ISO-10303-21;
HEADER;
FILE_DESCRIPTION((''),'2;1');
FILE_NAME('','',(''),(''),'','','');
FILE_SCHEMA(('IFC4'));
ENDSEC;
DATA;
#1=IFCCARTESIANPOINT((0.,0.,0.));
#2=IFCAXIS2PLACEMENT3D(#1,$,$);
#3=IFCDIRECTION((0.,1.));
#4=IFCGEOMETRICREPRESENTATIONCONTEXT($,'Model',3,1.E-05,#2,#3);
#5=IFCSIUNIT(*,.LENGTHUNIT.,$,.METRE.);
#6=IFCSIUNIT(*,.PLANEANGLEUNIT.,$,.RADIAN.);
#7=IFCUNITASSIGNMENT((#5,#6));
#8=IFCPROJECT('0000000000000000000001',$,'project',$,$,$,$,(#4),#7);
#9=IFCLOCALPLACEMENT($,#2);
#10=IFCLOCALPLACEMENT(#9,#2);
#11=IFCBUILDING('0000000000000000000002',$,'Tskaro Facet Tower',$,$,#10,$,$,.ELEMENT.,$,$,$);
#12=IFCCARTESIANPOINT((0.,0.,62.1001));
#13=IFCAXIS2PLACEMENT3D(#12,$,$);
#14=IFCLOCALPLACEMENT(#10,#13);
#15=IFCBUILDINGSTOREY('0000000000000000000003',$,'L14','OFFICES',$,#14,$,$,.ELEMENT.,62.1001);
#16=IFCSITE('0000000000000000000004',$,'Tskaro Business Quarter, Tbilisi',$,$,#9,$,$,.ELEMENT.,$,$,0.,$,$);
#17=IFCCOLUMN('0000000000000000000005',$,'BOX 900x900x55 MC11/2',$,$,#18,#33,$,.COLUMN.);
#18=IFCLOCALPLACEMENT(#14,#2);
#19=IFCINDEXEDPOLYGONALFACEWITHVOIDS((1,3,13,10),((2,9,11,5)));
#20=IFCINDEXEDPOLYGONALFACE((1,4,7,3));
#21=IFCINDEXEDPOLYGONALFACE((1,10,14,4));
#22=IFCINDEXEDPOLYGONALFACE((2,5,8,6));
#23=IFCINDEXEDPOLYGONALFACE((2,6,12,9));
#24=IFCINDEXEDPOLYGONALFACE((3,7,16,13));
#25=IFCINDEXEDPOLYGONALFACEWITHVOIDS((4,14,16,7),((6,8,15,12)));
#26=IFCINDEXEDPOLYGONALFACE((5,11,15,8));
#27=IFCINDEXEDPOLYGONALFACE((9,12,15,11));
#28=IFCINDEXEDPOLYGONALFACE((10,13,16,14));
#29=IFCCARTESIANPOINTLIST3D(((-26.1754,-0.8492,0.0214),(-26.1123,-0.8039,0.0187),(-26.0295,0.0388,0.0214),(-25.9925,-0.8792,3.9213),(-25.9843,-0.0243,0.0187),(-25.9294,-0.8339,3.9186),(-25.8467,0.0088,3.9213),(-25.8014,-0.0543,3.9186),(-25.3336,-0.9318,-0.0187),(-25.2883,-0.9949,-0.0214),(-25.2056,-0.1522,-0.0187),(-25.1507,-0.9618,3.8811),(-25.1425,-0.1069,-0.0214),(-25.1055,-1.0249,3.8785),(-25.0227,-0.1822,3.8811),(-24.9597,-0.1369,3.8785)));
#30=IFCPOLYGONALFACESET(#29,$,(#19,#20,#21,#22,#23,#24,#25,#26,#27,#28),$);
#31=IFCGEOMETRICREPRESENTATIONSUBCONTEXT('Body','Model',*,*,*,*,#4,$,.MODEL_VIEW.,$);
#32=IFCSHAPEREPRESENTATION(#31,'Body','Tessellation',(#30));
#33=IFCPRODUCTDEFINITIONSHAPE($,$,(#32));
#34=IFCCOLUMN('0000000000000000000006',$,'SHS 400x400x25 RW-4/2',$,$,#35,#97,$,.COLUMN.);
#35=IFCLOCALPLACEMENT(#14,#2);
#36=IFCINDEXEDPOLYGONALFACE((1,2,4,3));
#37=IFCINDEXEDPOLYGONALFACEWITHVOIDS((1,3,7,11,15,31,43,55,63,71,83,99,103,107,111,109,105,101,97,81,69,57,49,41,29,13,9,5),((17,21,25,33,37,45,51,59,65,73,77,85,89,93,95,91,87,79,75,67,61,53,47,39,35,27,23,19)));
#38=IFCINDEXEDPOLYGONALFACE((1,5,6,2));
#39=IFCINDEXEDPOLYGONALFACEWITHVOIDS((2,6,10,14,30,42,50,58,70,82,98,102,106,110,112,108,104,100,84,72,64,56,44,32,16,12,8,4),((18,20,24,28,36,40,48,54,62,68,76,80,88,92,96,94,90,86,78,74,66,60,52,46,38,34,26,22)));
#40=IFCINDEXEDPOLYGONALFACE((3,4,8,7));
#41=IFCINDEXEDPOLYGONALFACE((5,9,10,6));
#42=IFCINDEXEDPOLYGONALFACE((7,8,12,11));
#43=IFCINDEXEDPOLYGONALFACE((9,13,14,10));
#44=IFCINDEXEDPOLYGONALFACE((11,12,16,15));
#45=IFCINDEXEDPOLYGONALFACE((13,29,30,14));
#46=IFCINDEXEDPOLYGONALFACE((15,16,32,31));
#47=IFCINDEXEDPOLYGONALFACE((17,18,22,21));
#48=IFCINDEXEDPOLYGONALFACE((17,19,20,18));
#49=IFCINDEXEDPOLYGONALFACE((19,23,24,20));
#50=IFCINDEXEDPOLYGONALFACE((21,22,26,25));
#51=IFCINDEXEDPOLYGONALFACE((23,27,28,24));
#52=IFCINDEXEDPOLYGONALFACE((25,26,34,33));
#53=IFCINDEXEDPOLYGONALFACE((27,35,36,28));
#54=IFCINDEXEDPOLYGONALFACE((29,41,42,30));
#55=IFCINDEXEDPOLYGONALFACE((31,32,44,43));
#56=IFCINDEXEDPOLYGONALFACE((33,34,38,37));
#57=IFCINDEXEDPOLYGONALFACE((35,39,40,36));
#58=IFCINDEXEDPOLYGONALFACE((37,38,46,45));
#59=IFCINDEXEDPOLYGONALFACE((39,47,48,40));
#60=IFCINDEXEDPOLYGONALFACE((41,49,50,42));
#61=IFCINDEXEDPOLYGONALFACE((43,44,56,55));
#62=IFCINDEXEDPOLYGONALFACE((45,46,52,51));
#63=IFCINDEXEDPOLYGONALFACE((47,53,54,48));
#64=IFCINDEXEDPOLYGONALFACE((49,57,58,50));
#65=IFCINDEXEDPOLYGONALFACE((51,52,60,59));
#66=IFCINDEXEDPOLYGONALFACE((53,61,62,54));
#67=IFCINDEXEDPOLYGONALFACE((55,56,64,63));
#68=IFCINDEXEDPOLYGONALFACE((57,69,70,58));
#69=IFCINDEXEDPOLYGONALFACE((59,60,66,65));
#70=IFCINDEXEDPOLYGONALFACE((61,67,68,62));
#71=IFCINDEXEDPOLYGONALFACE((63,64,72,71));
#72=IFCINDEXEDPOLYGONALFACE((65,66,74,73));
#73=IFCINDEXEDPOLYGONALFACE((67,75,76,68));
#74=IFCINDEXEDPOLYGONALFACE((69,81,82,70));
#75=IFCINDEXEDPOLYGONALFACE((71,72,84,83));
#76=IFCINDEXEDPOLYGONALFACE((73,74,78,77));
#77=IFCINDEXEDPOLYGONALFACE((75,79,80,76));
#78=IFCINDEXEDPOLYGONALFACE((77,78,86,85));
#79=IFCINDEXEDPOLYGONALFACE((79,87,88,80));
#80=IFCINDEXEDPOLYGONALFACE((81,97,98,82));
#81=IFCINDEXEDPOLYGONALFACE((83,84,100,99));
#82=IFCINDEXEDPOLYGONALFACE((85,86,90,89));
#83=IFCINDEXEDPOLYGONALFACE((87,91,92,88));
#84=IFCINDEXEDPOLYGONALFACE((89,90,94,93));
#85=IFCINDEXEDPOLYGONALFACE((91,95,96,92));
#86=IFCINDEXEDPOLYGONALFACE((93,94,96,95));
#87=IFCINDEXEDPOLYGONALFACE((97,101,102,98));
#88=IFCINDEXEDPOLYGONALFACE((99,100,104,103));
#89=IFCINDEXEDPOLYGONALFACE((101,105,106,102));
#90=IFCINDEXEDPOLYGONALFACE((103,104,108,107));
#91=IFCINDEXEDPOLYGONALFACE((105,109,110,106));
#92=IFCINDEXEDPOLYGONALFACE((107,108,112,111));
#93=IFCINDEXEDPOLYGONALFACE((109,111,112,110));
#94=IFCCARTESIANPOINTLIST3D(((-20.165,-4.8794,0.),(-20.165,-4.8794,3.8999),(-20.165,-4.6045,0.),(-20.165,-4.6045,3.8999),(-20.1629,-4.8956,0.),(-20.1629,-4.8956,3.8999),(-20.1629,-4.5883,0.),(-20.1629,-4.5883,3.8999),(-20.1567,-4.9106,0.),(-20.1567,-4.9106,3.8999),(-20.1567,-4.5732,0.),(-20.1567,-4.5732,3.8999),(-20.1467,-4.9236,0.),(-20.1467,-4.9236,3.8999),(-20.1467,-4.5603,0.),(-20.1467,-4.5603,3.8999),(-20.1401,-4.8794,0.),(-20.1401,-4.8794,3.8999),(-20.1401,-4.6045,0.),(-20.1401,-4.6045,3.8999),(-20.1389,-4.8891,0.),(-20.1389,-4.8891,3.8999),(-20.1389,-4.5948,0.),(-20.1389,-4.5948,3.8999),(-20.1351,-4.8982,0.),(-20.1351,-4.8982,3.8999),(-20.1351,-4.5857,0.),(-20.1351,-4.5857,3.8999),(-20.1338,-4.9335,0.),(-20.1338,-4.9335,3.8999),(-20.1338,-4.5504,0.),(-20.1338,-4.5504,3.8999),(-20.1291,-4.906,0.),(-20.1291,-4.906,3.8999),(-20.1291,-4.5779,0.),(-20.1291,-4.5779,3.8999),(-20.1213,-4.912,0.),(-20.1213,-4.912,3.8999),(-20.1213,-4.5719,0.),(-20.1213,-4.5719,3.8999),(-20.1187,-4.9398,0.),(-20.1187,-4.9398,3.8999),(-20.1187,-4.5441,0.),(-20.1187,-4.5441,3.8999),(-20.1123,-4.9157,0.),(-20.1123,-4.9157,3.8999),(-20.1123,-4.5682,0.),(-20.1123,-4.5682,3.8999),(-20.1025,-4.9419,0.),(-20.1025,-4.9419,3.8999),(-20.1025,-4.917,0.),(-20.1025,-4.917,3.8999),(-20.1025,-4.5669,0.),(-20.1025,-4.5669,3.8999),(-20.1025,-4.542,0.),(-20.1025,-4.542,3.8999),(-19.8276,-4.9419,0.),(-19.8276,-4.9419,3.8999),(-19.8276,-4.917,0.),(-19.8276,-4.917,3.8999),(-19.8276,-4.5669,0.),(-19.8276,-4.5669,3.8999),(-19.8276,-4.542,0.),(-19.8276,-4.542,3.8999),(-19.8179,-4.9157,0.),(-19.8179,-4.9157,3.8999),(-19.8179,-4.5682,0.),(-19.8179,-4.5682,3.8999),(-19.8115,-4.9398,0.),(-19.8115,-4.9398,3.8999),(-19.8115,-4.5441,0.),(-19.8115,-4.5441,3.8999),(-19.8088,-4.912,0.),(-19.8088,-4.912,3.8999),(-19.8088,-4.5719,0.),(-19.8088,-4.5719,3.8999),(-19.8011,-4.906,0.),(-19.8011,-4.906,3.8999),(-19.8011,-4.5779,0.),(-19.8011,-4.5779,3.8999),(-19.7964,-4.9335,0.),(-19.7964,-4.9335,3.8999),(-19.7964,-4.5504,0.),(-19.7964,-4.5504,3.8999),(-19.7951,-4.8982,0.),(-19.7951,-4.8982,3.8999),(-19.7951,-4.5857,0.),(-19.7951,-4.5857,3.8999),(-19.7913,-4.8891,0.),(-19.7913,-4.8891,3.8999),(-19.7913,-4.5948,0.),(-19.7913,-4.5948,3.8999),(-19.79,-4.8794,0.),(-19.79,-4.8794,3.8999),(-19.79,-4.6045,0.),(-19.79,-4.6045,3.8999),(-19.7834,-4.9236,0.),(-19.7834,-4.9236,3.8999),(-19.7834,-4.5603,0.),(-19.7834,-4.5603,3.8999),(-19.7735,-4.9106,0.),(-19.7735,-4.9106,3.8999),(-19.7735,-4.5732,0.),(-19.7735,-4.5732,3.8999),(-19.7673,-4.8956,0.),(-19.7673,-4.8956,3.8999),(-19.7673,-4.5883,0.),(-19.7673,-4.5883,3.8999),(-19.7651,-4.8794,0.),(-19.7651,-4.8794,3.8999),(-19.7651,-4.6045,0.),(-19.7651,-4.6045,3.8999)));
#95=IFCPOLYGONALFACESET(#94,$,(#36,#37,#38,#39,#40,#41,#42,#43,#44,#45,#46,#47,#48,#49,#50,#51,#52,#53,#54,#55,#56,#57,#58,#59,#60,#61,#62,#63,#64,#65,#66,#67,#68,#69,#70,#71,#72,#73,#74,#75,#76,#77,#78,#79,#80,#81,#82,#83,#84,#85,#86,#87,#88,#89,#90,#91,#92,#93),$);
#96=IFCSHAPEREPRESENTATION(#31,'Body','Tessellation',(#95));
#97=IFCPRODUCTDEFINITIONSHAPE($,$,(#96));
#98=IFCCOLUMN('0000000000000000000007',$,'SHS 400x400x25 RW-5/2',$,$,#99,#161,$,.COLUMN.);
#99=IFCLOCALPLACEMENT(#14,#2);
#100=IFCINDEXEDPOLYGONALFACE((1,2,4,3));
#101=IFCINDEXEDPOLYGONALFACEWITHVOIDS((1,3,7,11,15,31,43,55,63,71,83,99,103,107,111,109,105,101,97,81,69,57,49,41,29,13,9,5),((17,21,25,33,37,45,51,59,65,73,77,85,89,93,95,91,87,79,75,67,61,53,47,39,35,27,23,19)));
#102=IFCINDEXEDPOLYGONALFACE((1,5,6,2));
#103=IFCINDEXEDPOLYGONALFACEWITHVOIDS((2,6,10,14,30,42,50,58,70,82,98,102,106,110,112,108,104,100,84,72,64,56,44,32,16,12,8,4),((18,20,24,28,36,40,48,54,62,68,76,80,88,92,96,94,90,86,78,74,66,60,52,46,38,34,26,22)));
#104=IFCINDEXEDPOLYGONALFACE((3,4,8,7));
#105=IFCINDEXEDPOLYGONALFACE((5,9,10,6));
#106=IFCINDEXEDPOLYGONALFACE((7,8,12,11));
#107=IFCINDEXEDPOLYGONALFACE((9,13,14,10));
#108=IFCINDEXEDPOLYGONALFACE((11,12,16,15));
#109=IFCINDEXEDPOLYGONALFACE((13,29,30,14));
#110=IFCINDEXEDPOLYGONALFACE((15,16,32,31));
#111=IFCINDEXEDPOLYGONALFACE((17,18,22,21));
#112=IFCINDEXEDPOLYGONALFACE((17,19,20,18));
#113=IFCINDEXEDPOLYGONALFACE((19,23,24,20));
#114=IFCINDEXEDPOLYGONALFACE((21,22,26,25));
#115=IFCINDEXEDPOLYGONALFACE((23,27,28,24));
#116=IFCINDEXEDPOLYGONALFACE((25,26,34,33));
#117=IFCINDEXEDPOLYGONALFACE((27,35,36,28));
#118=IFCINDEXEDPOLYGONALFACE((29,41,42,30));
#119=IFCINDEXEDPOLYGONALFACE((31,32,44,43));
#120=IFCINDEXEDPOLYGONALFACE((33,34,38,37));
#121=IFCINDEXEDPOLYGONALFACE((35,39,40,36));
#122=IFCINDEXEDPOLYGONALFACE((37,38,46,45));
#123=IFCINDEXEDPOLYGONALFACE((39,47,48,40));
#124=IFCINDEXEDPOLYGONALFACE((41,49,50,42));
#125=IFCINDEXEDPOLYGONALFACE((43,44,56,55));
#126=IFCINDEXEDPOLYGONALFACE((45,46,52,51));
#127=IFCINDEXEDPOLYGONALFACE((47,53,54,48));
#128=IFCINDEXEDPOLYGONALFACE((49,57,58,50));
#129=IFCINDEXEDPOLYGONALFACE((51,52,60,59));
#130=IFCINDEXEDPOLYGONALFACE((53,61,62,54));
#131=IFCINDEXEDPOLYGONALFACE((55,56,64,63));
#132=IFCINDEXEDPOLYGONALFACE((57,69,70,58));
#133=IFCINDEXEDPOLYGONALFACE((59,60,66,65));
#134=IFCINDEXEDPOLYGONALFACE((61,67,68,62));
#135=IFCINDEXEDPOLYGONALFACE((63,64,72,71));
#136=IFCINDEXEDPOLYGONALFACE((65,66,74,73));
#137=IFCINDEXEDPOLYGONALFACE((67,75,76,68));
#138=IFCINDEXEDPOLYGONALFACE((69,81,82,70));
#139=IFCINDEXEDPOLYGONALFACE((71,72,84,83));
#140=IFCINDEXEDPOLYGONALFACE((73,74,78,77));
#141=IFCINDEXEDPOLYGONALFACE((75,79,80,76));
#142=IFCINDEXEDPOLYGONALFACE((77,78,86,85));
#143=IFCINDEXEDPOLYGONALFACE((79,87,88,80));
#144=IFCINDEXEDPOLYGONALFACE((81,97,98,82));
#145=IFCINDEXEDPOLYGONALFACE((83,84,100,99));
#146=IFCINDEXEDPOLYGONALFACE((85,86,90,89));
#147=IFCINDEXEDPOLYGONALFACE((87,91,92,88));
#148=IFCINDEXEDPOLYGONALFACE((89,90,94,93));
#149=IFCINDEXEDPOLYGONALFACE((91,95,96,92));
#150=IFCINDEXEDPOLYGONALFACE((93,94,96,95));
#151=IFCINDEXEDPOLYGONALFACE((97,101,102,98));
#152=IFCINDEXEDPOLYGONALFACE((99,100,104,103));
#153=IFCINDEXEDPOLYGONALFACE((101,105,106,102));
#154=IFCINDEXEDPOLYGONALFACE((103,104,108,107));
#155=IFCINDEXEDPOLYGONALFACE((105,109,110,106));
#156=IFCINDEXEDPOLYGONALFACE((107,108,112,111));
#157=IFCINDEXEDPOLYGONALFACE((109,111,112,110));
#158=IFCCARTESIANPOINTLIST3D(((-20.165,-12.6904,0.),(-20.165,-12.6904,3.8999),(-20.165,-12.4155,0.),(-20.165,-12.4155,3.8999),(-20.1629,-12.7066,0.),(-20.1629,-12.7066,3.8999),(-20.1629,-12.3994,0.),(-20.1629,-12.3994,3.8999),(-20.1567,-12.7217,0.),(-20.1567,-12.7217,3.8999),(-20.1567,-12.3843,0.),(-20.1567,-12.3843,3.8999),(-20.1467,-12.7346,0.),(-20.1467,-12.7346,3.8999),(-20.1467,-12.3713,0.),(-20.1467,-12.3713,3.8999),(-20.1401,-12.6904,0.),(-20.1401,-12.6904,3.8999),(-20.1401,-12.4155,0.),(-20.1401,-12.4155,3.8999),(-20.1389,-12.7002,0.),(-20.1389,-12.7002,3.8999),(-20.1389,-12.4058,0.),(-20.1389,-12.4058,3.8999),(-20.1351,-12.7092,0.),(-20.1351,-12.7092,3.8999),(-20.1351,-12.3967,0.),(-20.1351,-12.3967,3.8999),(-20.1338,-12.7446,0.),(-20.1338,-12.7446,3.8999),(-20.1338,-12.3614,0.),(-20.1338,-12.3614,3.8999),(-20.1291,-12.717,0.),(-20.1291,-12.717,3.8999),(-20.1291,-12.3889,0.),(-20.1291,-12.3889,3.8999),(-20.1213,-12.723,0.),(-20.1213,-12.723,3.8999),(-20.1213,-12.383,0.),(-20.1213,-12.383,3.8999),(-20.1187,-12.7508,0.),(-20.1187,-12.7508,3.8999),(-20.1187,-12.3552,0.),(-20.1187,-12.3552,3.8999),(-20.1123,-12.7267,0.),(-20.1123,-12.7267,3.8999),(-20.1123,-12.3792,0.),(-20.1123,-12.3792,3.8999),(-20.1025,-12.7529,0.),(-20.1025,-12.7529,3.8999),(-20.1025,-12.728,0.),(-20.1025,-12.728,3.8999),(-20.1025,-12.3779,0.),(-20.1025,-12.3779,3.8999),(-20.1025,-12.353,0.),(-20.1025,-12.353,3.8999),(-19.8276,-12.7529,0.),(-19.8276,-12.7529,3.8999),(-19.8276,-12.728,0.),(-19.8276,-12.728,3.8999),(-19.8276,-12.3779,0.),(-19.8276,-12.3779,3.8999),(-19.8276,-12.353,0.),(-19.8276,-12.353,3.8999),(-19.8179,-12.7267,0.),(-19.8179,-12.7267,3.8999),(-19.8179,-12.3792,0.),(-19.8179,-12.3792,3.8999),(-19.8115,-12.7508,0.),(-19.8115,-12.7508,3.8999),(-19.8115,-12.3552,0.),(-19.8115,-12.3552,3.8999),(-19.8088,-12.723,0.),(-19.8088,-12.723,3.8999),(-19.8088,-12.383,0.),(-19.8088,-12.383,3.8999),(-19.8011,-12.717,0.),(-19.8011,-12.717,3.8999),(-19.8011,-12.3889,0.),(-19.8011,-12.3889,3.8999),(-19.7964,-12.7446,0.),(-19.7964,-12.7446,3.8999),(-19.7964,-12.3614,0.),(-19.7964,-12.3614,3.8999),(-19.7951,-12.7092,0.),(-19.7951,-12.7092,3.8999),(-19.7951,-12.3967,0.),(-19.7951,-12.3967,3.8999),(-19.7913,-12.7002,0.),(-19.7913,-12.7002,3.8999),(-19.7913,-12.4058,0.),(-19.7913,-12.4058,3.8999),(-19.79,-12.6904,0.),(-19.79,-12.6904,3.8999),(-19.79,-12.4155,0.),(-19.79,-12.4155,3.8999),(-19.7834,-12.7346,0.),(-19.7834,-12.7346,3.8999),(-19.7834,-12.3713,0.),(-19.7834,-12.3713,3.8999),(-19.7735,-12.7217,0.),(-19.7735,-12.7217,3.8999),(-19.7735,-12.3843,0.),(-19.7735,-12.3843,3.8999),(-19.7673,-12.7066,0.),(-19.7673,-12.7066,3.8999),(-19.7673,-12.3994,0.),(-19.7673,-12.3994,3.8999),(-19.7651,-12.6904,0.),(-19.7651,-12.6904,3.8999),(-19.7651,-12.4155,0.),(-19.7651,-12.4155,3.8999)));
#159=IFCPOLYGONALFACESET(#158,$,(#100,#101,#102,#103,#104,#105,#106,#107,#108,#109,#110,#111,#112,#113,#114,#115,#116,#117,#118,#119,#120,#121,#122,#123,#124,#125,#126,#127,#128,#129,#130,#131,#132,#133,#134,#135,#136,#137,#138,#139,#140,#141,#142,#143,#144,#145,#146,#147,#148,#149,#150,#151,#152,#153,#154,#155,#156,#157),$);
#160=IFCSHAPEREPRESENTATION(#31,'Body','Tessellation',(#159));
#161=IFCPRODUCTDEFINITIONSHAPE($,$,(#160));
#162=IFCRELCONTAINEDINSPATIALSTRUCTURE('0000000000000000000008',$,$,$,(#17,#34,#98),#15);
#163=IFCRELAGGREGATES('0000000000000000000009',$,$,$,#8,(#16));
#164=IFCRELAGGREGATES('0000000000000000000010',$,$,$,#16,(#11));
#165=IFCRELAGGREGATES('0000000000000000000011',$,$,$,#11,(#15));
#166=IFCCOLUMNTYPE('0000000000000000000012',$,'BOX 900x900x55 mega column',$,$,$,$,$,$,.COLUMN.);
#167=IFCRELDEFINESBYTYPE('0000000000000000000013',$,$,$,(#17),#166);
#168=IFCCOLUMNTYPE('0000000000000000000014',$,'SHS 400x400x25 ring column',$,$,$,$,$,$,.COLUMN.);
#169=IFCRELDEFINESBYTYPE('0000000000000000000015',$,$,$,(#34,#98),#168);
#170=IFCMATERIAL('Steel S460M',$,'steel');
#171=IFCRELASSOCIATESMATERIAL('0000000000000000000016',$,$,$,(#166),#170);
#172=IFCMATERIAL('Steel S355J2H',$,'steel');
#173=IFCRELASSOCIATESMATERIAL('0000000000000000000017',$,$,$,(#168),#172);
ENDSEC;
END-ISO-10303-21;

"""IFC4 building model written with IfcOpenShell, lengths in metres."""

from ifc_helpers import new_model, si_unit, direction, frame, origin, origin_2d, place, context, subcontext, project, spatial, hollow_rectangle, extrude, material, material_profile, profile_set, type_object, element, save


model = new_model("IFC4")

# Units and contexts
model_context = context("Model", 3, precision=1e-05, world=origin(), true_north=direction((0.0, 1.0)))
body_context = subcontext(model_context, "Body", "Model", "MODEL_VIEW")
ifc_project = project(units=[si_unit("LENGTHUNIT", "METRE"), si_unit("PLANEANGLEUNIT", "RADIAN")], contexts=[model_context])

# Site, building, storey
site_placement = place(None, origin())
site = spatial("IfcSite", under=ifc_project, at=site_placement, Name="Tskaro Business Quarter, Tbilisi", CompositionType="ELEMENT", RefElevation=0.0)
building_placement = place(site_placement, origin())
building = spatial("IfcBuilding", under=site, at=building_placement, Name="Tskaro Facet Tower", CompositionType="ELEMENT")
storey_placement = place(building_placement, frame((0.0, 0.0, 62.1001)))
storey = spatial("IfcBuildingStorey", under=building, at=storey_placement, Name="L14", Description="OFFICES", CompositionType="ELEMENT", Elevation=62.1001)

# Columns
ifc_material_1 = material(Name="Steel S460M", Category="steel")
ifc_material_profile_1 = material_profile(ifc_material_1, hollow_rectangle(XDim=0.8999, YDim=0.8999, WallThickness=0.0549, at=origin_2d()), Name="BOX 900x900x55")
ifc_profile_set_1 = profile_set([ifc_material_profile_1], Name="Steel S460M")
column_type_1 = type_object("IfcColumnType", Name="BOX 900x900x55 mega column", PredefinedType="COLUMN", material=ifc_profile_set_1)
column_placement = place(storey_placement, frame((-25.6589, -0.478, 0.0), z_axis=(0.046836, -0.007691, 0.998873), x_axis=(0.162048, 0.986783, 0.0)))
element("IfcColumn", 1, at=column_placement, inside=storey, type_object=column_type_1, Name="BOX 900x900x55 MC11/2", PredefinedType="COLUMN", context=body_context, shape_type="SweptSolid", body=[
    extrude(hollow_rectangle(XDim=0.8999, YDim=0.8999, WallThickness=0.0549, at=origin_2d()), origin(), (0.0, 0.0, 1.0), 3.9043),
])
ifc_material_2 = material(Name="Steel S355J2H", Category="steel")
ifc_material_profile_2 = material_profile(ifc_material_2, hollow_rectangle(XDim=0.3999, YDim=0.3999, WallThickness=0.0249, InnerFilletRadius=0.0376, OuterFilletRadius=0.0625, at=origin_2d()), Name="SHS 400x400x25")
ifc_profile_set_2 = profile_set([ifc_material_profile_2], Name="Steel S355J2H")
column_type_2 = type_object("IfcColumnType", Name="SHS 400x400x25 ring column", PredefinedType="COLUMN", material=ifc_profile_set_2)
for number, where, z_axis, x_axis, name in (
    (2, (-19.9651, -4.7419, 0.0), (0.0, 0.0, 1.0), (1.0, 0.0, 0.0), "SHS 400x400x25 RW-4/2"),
    (3, (-19.9651, -12.553, 0.0), (0.0, 0.0, 1.0), (1.0, 0.0, 0.0), "SHS 400x400x25 RW-5/2"),
):
    element("IfcColumn", number, at=place(storey_placement, frame(where, z_axis=z_axis, x_axis=x_axis)), inside=storey, type_object=column_type_2, Name=name, PredefinedType="COLUMN", context=body_context, shape_type="SweptSolid", body=[
        extrude(hollow_rectangle(XDim=0.3999, YDim=0.3999, WallThickness=0.0249, InnerFilletRadius=0.0376, OuterFilletRadius=0.0625, at=origin_2d()), origin(), (0.0, 0.0, 1.0), 3.8999),
    ])

save(model, "model.ifc")
